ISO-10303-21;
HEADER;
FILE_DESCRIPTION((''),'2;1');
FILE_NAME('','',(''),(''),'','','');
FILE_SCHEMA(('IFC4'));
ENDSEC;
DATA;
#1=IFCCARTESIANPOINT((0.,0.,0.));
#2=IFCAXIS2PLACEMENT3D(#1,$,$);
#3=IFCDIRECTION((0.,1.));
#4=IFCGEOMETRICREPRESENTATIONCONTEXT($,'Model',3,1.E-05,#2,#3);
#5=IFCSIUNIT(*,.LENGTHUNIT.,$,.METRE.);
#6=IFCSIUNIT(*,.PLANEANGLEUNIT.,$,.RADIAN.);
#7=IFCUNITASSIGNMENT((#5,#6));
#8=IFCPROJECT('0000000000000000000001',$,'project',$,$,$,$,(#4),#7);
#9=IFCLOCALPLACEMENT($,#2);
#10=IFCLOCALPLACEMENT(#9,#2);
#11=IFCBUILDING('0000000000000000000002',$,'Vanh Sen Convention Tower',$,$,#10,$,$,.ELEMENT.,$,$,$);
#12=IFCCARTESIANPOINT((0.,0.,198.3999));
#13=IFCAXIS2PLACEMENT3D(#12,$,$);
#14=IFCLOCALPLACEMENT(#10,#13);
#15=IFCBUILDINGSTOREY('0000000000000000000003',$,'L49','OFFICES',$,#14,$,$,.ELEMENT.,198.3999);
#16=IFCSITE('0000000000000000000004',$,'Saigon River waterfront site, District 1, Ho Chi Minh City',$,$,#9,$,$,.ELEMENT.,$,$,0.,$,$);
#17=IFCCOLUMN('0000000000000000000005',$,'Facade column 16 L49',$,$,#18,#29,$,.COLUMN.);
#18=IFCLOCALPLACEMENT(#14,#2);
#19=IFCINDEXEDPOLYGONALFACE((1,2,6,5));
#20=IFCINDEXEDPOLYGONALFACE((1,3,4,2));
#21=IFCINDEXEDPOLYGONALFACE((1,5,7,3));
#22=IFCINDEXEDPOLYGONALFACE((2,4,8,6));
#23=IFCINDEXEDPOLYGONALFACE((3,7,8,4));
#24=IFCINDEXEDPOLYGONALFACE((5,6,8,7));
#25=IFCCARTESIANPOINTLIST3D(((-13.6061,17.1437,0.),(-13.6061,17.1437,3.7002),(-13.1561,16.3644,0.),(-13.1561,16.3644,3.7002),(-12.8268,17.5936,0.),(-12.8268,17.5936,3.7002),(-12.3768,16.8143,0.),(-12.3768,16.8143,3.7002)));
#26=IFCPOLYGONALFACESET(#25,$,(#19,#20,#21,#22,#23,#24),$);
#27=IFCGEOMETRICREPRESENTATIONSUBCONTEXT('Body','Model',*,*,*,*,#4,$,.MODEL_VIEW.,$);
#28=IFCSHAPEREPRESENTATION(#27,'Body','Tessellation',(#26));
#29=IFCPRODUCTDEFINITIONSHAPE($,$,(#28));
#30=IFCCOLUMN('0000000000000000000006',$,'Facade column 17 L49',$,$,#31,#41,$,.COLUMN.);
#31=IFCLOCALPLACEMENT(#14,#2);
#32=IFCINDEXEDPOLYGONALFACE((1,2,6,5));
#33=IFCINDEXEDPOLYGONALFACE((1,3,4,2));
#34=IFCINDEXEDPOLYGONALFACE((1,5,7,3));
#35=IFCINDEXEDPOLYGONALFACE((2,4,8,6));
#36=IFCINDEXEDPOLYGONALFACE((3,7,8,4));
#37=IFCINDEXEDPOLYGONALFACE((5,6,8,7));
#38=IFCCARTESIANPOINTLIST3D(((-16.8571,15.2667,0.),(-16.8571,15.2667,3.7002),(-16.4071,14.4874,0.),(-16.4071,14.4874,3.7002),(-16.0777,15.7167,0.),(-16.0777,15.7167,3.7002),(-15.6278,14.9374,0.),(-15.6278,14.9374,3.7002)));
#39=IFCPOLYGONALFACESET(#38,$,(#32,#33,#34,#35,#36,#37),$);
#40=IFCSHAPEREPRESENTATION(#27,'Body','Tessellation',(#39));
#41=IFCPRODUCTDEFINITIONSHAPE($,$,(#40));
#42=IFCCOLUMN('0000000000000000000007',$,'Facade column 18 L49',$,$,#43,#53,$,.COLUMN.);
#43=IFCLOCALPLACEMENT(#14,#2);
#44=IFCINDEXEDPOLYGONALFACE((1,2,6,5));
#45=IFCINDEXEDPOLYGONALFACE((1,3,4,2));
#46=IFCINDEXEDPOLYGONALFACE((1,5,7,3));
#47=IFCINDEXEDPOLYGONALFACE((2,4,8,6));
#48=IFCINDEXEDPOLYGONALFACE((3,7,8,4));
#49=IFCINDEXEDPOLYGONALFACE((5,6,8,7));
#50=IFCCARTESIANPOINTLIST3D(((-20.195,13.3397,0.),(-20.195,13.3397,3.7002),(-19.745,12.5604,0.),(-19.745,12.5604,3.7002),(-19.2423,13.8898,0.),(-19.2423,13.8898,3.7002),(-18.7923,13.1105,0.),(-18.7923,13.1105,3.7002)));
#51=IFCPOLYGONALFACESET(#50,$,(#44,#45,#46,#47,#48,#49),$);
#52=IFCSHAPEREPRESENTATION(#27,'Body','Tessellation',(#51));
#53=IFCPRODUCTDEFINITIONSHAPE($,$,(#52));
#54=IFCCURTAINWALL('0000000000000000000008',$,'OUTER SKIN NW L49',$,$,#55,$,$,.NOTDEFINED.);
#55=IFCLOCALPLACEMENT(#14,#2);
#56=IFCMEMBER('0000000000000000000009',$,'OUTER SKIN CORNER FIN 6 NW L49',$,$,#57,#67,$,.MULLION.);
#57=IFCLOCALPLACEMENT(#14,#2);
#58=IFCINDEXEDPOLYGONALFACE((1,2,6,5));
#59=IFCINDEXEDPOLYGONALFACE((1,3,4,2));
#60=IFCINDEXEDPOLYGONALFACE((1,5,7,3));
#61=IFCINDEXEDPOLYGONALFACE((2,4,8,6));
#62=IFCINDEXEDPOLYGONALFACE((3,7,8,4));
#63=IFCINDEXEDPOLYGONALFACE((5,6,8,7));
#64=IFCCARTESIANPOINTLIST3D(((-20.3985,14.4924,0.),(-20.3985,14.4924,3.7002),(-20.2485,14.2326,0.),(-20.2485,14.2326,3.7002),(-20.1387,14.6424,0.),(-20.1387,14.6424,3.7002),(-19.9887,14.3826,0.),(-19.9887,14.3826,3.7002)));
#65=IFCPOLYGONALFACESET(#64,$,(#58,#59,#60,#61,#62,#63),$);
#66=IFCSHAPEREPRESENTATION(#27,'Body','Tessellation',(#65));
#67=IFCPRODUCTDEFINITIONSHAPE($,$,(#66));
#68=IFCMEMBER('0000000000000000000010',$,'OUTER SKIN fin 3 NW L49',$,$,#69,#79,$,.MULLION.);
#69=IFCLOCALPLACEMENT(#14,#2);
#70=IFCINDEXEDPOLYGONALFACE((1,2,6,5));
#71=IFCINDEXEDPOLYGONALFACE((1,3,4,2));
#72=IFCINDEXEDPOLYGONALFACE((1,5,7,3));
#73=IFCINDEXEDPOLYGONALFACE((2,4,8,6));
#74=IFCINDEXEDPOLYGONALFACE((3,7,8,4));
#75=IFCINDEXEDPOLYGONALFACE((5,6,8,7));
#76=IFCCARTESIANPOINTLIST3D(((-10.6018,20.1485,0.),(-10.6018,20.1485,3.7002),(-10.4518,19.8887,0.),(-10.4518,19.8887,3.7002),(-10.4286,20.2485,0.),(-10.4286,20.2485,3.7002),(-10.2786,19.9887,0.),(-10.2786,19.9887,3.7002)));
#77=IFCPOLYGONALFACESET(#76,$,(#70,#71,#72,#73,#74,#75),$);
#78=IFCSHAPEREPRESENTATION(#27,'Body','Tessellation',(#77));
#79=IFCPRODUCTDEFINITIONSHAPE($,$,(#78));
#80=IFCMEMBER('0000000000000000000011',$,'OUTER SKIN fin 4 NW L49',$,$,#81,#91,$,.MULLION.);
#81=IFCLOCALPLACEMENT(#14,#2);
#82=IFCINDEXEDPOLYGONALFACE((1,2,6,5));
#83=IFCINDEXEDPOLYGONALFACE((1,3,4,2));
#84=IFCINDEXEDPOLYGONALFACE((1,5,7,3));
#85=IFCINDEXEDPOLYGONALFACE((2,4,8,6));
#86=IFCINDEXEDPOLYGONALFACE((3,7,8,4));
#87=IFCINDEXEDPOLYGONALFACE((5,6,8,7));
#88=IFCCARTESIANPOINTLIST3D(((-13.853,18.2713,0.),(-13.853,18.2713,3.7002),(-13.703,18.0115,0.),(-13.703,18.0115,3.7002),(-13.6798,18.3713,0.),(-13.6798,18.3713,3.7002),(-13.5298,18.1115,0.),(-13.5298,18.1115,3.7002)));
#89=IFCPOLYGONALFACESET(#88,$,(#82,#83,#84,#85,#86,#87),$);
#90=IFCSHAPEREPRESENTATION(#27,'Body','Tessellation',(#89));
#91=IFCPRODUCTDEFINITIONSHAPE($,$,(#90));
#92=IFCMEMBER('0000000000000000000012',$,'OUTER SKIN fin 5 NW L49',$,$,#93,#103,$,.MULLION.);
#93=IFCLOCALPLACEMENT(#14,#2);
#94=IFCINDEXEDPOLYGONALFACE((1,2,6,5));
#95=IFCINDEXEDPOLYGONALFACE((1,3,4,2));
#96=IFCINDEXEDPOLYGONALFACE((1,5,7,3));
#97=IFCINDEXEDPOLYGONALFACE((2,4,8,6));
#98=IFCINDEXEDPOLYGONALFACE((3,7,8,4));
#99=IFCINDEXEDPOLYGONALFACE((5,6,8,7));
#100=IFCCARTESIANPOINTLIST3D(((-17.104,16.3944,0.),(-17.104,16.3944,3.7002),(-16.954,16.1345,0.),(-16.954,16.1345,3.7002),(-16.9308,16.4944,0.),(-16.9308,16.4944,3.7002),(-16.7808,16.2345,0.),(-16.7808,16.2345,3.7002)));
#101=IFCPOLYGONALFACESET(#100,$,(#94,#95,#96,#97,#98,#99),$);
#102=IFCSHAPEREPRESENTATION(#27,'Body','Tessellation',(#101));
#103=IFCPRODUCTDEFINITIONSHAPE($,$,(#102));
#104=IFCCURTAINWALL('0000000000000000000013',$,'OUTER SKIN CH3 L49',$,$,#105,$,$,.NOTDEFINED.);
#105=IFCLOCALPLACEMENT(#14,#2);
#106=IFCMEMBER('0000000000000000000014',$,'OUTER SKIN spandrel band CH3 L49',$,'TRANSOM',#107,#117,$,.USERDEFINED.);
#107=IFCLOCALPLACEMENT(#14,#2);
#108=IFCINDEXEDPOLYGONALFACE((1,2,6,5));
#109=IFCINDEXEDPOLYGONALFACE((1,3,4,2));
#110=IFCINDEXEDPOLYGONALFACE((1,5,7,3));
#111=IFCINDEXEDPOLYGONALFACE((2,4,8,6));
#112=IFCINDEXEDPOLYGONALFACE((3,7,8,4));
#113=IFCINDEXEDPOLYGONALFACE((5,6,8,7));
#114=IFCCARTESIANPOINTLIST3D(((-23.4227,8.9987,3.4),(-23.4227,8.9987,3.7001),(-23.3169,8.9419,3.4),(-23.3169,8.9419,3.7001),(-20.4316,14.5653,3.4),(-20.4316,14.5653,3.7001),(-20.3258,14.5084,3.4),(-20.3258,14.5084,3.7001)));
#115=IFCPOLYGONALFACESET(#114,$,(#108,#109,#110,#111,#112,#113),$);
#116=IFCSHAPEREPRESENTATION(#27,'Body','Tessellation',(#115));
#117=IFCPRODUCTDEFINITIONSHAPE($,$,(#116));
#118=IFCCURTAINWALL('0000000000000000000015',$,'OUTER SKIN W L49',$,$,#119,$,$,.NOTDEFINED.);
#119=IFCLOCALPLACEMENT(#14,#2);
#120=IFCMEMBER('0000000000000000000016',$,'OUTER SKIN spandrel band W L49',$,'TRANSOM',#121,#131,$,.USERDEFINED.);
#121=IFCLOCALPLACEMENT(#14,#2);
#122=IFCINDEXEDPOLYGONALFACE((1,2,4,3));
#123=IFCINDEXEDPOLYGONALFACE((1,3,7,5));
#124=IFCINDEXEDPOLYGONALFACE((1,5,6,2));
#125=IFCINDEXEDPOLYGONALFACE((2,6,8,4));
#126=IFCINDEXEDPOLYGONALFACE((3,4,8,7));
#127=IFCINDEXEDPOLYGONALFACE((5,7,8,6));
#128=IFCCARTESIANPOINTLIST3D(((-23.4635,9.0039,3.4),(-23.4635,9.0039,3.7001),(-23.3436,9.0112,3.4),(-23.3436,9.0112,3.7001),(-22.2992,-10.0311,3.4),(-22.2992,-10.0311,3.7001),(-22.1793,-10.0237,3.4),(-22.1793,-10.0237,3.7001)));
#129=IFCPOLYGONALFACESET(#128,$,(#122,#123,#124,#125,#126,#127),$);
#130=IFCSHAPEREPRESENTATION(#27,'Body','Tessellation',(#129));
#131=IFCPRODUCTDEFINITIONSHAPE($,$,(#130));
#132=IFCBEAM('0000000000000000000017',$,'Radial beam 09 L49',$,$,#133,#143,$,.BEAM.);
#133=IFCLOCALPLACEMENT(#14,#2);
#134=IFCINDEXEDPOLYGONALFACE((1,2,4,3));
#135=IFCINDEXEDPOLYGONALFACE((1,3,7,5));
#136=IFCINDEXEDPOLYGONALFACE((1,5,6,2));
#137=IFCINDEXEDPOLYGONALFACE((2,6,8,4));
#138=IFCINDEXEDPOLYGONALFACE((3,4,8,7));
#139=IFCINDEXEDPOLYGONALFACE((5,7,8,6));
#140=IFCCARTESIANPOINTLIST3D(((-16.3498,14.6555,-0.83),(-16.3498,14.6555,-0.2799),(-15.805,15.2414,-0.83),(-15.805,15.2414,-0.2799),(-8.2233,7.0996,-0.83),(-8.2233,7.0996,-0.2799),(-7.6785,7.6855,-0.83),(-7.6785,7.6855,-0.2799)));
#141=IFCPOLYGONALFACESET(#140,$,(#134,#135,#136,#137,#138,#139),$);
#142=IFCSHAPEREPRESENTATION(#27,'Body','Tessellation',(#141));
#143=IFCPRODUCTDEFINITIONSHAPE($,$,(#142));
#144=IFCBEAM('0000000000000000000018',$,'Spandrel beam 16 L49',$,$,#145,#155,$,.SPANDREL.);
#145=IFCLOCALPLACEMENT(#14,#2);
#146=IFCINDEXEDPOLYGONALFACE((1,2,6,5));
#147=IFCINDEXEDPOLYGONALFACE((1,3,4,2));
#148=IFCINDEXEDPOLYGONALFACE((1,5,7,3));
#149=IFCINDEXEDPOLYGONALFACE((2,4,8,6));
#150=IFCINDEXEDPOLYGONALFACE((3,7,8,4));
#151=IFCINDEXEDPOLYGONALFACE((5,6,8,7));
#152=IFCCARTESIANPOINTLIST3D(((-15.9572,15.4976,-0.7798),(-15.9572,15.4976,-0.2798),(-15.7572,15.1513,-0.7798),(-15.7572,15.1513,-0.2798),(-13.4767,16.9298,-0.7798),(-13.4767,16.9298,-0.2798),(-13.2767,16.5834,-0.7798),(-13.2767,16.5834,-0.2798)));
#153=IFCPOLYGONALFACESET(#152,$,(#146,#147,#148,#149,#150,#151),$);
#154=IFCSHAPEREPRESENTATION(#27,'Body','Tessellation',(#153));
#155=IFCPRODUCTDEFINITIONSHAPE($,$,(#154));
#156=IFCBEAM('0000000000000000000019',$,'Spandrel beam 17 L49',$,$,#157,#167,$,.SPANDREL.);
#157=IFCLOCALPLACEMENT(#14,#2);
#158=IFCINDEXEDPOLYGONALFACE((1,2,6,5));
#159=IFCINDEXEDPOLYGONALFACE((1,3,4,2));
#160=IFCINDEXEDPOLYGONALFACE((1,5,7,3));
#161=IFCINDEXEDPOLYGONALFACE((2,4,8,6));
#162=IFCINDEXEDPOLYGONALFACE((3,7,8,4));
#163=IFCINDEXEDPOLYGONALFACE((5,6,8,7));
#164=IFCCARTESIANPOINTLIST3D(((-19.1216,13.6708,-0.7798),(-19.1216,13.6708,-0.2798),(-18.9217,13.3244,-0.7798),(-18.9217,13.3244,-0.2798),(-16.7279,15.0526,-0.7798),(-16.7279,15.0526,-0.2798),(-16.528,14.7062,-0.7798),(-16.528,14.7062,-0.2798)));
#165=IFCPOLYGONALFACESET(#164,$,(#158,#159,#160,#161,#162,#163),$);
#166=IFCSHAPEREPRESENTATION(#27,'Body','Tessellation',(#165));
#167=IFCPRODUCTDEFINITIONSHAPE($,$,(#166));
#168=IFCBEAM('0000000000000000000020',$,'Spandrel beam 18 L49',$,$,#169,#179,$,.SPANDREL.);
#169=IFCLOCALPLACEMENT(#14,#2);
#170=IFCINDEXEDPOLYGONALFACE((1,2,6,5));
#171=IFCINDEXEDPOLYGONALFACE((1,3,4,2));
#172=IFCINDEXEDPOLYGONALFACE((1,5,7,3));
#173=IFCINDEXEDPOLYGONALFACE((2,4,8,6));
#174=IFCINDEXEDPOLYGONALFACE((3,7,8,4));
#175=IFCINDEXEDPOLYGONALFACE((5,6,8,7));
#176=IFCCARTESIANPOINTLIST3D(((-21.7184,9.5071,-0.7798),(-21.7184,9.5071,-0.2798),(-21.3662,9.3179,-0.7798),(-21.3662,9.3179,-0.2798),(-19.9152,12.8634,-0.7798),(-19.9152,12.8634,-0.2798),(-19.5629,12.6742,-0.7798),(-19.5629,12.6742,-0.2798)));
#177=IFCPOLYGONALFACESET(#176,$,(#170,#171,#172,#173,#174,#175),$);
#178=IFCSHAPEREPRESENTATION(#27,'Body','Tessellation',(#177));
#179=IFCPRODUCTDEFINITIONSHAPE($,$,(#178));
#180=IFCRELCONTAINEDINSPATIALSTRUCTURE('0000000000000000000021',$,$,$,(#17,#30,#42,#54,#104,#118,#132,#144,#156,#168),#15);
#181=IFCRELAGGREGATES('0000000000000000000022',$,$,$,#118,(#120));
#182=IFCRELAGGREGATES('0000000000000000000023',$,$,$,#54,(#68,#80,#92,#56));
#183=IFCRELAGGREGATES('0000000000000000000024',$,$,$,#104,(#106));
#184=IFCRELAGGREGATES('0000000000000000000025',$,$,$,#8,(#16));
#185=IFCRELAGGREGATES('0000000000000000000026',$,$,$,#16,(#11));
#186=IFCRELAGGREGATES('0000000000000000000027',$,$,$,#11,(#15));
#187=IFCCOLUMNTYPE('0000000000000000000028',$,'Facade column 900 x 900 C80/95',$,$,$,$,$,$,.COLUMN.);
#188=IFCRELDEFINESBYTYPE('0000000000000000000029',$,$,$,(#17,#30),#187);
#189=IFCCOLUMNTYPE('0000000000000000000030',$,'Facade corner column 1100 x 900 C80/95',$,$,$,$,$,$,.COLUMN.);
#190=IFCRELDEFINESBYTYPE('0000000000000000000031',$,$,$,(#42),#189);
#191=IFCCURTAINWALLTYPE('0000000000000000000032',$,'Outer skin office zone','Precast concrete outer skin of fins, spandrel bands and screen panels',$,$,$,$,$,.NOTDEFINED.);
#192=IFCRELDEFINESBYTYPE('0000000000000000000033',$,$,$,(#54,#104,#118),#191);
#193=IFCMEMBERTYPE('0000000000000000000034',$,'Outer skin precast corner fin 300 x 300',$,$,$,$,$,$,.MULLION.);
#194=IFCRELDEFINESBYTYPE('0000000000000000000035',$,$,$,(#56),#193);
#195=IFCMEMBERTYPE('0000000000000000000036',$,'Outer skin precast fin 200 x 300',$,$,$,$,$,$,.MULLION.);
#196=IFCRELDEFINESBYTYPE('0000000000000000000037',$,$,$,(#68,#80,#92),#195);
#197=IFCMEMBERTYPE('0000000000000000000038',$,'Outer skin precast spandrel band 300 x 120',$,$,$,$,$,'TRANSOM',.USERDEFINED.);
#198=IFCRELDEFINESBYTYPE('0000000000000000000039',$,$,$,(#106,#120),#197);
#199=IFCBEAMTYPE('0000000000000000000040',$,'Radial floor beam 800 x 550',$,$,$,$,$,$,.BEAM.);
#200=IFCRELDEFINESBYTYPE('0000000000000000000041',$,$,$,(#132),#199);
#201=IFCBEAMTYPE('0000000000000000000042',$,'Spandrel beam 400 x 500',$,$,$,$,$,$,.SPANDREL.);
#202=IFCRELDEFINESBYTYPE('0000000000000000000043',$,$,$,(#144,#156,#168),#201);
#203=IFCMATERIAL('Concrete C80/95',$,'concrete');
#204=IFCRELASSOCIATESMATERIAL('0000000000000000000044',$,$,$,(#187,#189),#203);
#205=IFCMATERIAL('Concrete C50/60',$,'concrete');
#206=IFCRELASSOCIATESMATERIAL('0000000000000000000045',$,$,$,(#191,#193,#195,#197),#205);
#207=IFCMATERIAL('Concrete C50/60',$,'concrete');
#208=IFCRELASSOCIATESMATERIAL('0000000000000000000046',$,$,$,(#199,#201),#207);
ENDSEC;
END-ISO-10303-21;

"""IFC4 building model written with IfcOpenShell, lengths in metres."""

from ifc_helpers import new_model, si_unit, direction, frame, origin, origin_2d, place, context, subcontext, project, spatial, rectangle, extrude, material, material_profile, profile_set, type_object, element, aggregate, save


model = new_model("IFC4")

# Units and contexts
model_context = context("Model", 3, precision=1e-05, world=origin(), true_north=direction((0.0, 1.0)))
body_context = subcontext(model_context, "Body", "Model", "MODEL_VIEW")
ifc_project = project(units=[si_unit("LENGTHUNIT", "METRE"), si_unit("PLANEANGLEUNIT", "RADIAN")], contexts=[model_context])

# Site, building, storey
site_placement = place(None, origin())
site = spatial("IfcSite", under=ifc_project, at=site_placement, Name="Saigon River waterfront site, District 1, Ho Chi Minh City", CompositionType="ELEMENT", RefElevation=0.0)
building_placement = place(site_placement, origin())
building = spatial("IfcBuilding", under=site, at=building_placement, Name="Vanh Sen Convention Tower", CompositionType="ELEMENT")
storey_placement = place(building_placement, frame((0.0, 0.0, 198.3999)))
storey = spatial("IfcBuildingStorey", under=building, at=storey_placement, Name="L49", Description="OFFICES", CompositionType="ELEMENT", Elevation=198.3999)

# Columns
ifc_material_1 = material(Name="Concrete C80/95", Category="concrete")
ifc_material_profile_1 = material_profile(ifc_material_1, rectangle(XDim=0.8999, YDim=0.8999, at=origin_2d()), Name="RC 900X900")
ifc_profile_set_1 = profile_set([ifc_material_profile_1], Name="Concrete C80/95")
column_type_1 = type_object("IfcColumnType", Name="Facade column 900 x 900 C80/95", PredefinedType="COLUMN", material=ifc_profile_set_1)
for number, where, z_axis, x_axis, name in (
    (1, (-12.9915, 16.979, 0.0), (0.0, 0.0, 1.0), (-0.866025, -0.5, 0.0), "Facade column 16 L49"),
    (2, (-16.2424, 15.1021, 0.0), (0.0, 0.0, 1.0), (-0.866025, -0.5, 0.0), "Facade column 17 L49"),
):
    element("IfcColumn", number, at=place(storey_placement, frame(where, z_axis=z_axis, x_axis=x_axis)), inside=storey, type_object=column_type_1, Name=name, PredefinedType="COLUMN", context=body_context, shape_type="SweptSolid", body=[
        extrude(rectangle(XDim=0.8999, YDim=0.8999, at=origin_2d()), origin(), (0.0, 0.0, 1.0), 3.7002),
    ])
ifc_material_profile_2 = material_profile(ifc_material_1, rectangle(XDim=1.1001, YDim=0.8999, at=origin_2d()), Name="RC 1100X900")
ifc_profile_set_2 = profile_set([ifc_material_profile_2], Name="Concrete C80/95")
column_type_2 = type_object("IfcColumnType", Name="Facade corner column 1100 x 900 C80/95", PredefinedType="COLUMN", material=ifc_profile_set_2)
column_placement = place(storey_placement, frame((-19.4937, 13.2251, 0.0), z_axis=(0.0, 0.0, 1.0), x_axis=(-0.866025, -0.5, 0.0)))
element("IfcColumn", 3, at=column_placement, inside=storey, type_object=column_type_2, Name="Facade column 18 L49", PredefinedType="COLUMN", context=body_context, shape_type="SweptSolid", body=[
    extrude(rectangle(XDim=1.1001, YDim=0.8999, at=origin_2d()), origin(), (0.0, 0.0, 1.0), 3.7002),
])

# Curtain wall, members
ifc_material_2 = material(Name="Concrete C50/60", Category="concrete")
curtain_wall_type = type_object("IfcCurtainWallType", Name="Outer skin office zone", Description="Precast concrete outer skin of fins, spandrel bands and screen panels", PredefinedType="NOTDEFINED", material=ifc_material_2)
curtain_wall_1_placement = place(storey_placement, origin())
curtain_wall_1 = element("IfcCurtainWall", 4, at=curtain_wall_1_placement, inside=storey, type_object=curtain_wall_type, Name="OUTER SKIN NW L49", PredefinedType="NOTDEFINED")
ifc_material_profile_3 = material_profile(ifc_material_2, rectangle(XDim=0.3, YDim=0.3, at=origin_2d()), Name="Outer skin precast corner fin 300 x 300")
ifc_profile_set_3 = profile_set([ifc_material_profile_3], Name="Concrete C50/60")
member_type_1 = type_object("IfcMemberType", Name="Outer skin precast corner fin 300 x 300", PredefinedType="MULLION", material=ifc_profile_set_3)
member_1_placement = place(storey_placement, frame((-20.1936, 14.4375, 0.0), z_axis=(0.0, 0.0, 1.0), x_axis=(-0.866025, -0.5, 0.0)))
member_1 = element("IfcMember", 5, at=member_1_placement, type_object=member_type_1, Name="OUTER SKIN CORNER FIN 6 NW L49", PredefinedType="MULLION", context=body_context, shape_type="SweptSolid", body=[
    extrude(rectangle(XDim=0.3, YDim=0.3, at=origin_2d()), origin(), (0.0, 0.0, 1.0), 3.7002),
])
ifc_material_profile_4 = material_profile(ifc_material_2, rectangle(XDim=0.2, YDim=0.3, at=origin_2d()), Name="Outer skin precast fin 200 x 300")
ifc_profile_set_4 = profile_set([ifc_material_profile_4], Name="Concrete C50/60")
member_type_2 = type_object("IfcMemberType", Name="Outer skin precast fin 200 x 300", PredefinedType="MULLION", material=ifc_profile_set_4)
member_2_placement = place(storey_placement, frame((-10.4402, 20.0686, 0.0), z_axis=(0.0, 0.0, 1.0), x_axis=(-0.866025, -0.5, 0.0)))
member_2 = element("IfcMember", 6, at=member_2_placement, type_object=member_type_2, Name="OUTER SKIN fin 3 NW L49", PredefinedType="MULLION", context=body_context, shape_type="SweptSolid", body=[
    extrude(rectangle(XDim=0.2, YDim=0.3, at=origin_2d()), origin(), (0.0, 0.0, 1.0), 3.7002),
])
member_3_placement = place(storey_placement, frame((-13.6914, 18.1914, 0.0), z_axis=(0.0, 0.0, 1.0), x_axis=(-0.866025, -0.5, 0.0)))
member_3 = element("IfcMember", 7, at=member_3_placement, type_object=member_type_2, Name="OUTER SKIN fin 4 NW L49", PredefinedType="MULLION", context=body_context, shape_type="SweptSolid", body=[
    extrude(rectangle(XDim=0.2, YDim=0.3, at=origin_2d()), origin(), (0.0, 0.0, 1.0), 3.7002),
])
member_4_placement = place(storey_placement, frame((-16.9424, 16.3145, 0.0), z_axis=(0.0, 0.0, 1.0), x_axis=(-0.866025, -0.5, 0.0)))
member_4 = element("IfcMember", 8, at=member_4_placement, type_object=member_type_2, Name="OUTER SKIN fin 5 NW L49", PredefinedType="MULLION", context=body_context, shape_type="SweptSolid", body=[
    extrude(rectangle(XDim=0.2, YDim=0.3, at=origin_2d()), origin(), (0.0, 0.0, 1.0), 3.7002),
])

# Curtain walls, members
curtain_wall_2_placement = place(storey_placement, origin())
curtain_wall_2 = element("IfcCurtainWall", 9, at=curtain_wall_2_placement, inside=storey, type_object=curtain_wall_type, Name="OUTER SKIN CH3 L49", PredefinedType="NOTDEFINED")
ifc_material_profile_5 = material_profile(ifc_material_2, rectangle(XDim=0.1201, YDim=0.3, at=origin_2d()), Name="Outer skin precast spandrel band 300 x 120")
ifc_profile_set_5 = profile_set([ifc_material_profile_5], Name="Concrete C50/60")
member_type_3 = type_object("IfcMemberType", Name="Outer skin precast spandrel band 300 x 120", ElementType="TRANSOM", PredefinedType="USERDEFINED", material=ifc_profile_set_5)
member_5_placement = place(storey_placement, frame((-20.3787, 14.5369, 3.55), z_axis=(-0.473337, -0.880881, 0.0), x_axis=(0.880881, -0.473337, 0.0)))
member_5 = element("IfcMember", 10, at=member_5_placement, type_object=member_type_3, Name="OUTER SKIN spandrel band CH3 L49", ObjectType="TRANSOM", PredefinedType="USERDEFINED", context=body_context, shape_type="SweptSolid", body=[
    extrude(rectangle(XDim=0.1201, YDim=0.3, at=origin_2d()), origin(), (0.0, 0.0, 1.0), 6.3193),
])
curtain_wall_3_placement = place(storey_placement, origin())
curtain_wall_3 = element("IfcCurtainWall", 11, at=curtain_wall_3_placement, inside=storey, type_object=curtain_wall_type, Name="OUTER SKIN W L49", PredefinedType="NOTDEFINED")
member_6_placement = place(storey_placement, frame((-23.4036, 9.0076, 3.55), z_axis=(0.061053, -0.998135, 0.0), x_axis=(0.998135, 0.061053, 0.0)))
member_6 = element("IfcMember", 12, at=member_6_placement, type_object=member_type_3, Name="OUTER SKIN spandrel band W L49", ObjectType="TRANSOM", PredefinedType="USERDEFINED", context=body_context, shape_type="SweptSolid", body=[
    extrude(rectangle(XDim=0.1201, YDim=0.3, at=origin_2d()), origin(), (0.0, 0.0, 1.0), 19.0706),
])
aggregate(curtain_wall_3, [member_6])

# Beams
ifc_material_3 = material(Name="Concrete C50/60", Category="concrete")
ifc_material_profile_6 = material_profile(ifc_material_3, rectangle(XDim=0.8, YDim=0.55, at=origin_2d()), Name="RC 800X550")
ifc_profile_set_6 = profile_set([ifc_material_profile_6], Name="Concrete C50/60")
beam_type_1 = type_object("IfcBeamType", Name="Radial floor beam 800 x 550", PredefinedType="BEAM", material=ifc_profile_set_6)
beam_1_placement = place(storey_placement, frame((-16.0774, 14.9485, -0.5549), z_axis=(0.732348, -0.68093, 0.0), x_axis=(0.68093, 0.732348, 0.0)))
element("IfcBeam", 13, at=beam_1_placement, inside=storey, type_object=beam_type_1, Name="Radial beam 09 L49", PredefinedType="BEAM", context=body_context, shape_type="SweptSolid", body=[
    extrude(rectangle(XDim=0.8, YDim=0.55, at=origin_2d()), origin(), (0.0, 0.0, 1.0), 11.0964),
])
ifc_material_profile_7 = material_profile(ifc_material_3, rectangle(XDim=0.3999, YDim=0.5, at=origin_2d()), Name="RC 400X500")
ifc_profile_set_7 = profile_set([ifc_material_profile_7], Name="Concrete C50/60")
beam_type_2 = type_object("IfcBeamType", Name="Spandrel beam 400 x 500", PredefinedType="SPANDREL", material=ifc_profile_set_7)
beam_2_placement = place(storey_placement, frame((-13.3767, 16.7566, -0.5298), z_axis=(-0.866021, -0.500008, 0.0), x_axis=(0.500008, -0.866021, 0.0)))
element("IfcBeam", 14, at=beam_2_placement, inside=storey, type_object=beam_type_2, Name="Spandrel beam 16 L49", PredefinedType="SPANDREL", context=body_context, shape_type="SweptSolid", body=[
    extrude(rectangle(XDim=0.3999, YDim=0.5, at=origin_2d()), origin(), (0.0, 0.0, 1.0), 2.8643),
])
beam_3_placement = place(storey_placement, frame((-16.6279, 14.8794, -0.5298), z_axis=(-0.866061, -0.499939, 0.0), x_axis=(0.499939, -0.866061, 0.0)))
element("IfcBeam", 15, at=beam_3_placement, inside=storey, type_object=beam_type_2, Name="Spandrel beam 17 L49", PredefinedType="SPANDREL", context=body_context, shape_type="SweptSolid", body=[
    extrude(rectangle(XDim=0.3999, YDim=0.5, at=origin_2d()), origin(), (0.0, 0.0, 1.0), 2.7639),
])
beam_4_placement = place(storey_placement, frame((-19.739, 12.7688, -0.5298), z_axis=(-0.473293, -0.880905, 0.0), x_axis=(0.880905, -0.473293, 0.0)))
element("IfcBeam", 16, at=beam_4_placement, inside=storey, type_object=beam_type_2, Name="Spandrel beam 18 L49", PredefinedType="SPANDREL", context=body_context, shape_type="SweptSolid", body=[
    extrude(rectangle(XDim=0.3999, YDim=0.5, at=origin_2d()), origin(), (0.0, 0.0, 1.0), 3.8101),
])

aggregate(curtain_wall_1, [member_2, member_3, member_4, member_1])
aggregate(curtain_wall_2, [member_5])

save(model, "model.ifc")
